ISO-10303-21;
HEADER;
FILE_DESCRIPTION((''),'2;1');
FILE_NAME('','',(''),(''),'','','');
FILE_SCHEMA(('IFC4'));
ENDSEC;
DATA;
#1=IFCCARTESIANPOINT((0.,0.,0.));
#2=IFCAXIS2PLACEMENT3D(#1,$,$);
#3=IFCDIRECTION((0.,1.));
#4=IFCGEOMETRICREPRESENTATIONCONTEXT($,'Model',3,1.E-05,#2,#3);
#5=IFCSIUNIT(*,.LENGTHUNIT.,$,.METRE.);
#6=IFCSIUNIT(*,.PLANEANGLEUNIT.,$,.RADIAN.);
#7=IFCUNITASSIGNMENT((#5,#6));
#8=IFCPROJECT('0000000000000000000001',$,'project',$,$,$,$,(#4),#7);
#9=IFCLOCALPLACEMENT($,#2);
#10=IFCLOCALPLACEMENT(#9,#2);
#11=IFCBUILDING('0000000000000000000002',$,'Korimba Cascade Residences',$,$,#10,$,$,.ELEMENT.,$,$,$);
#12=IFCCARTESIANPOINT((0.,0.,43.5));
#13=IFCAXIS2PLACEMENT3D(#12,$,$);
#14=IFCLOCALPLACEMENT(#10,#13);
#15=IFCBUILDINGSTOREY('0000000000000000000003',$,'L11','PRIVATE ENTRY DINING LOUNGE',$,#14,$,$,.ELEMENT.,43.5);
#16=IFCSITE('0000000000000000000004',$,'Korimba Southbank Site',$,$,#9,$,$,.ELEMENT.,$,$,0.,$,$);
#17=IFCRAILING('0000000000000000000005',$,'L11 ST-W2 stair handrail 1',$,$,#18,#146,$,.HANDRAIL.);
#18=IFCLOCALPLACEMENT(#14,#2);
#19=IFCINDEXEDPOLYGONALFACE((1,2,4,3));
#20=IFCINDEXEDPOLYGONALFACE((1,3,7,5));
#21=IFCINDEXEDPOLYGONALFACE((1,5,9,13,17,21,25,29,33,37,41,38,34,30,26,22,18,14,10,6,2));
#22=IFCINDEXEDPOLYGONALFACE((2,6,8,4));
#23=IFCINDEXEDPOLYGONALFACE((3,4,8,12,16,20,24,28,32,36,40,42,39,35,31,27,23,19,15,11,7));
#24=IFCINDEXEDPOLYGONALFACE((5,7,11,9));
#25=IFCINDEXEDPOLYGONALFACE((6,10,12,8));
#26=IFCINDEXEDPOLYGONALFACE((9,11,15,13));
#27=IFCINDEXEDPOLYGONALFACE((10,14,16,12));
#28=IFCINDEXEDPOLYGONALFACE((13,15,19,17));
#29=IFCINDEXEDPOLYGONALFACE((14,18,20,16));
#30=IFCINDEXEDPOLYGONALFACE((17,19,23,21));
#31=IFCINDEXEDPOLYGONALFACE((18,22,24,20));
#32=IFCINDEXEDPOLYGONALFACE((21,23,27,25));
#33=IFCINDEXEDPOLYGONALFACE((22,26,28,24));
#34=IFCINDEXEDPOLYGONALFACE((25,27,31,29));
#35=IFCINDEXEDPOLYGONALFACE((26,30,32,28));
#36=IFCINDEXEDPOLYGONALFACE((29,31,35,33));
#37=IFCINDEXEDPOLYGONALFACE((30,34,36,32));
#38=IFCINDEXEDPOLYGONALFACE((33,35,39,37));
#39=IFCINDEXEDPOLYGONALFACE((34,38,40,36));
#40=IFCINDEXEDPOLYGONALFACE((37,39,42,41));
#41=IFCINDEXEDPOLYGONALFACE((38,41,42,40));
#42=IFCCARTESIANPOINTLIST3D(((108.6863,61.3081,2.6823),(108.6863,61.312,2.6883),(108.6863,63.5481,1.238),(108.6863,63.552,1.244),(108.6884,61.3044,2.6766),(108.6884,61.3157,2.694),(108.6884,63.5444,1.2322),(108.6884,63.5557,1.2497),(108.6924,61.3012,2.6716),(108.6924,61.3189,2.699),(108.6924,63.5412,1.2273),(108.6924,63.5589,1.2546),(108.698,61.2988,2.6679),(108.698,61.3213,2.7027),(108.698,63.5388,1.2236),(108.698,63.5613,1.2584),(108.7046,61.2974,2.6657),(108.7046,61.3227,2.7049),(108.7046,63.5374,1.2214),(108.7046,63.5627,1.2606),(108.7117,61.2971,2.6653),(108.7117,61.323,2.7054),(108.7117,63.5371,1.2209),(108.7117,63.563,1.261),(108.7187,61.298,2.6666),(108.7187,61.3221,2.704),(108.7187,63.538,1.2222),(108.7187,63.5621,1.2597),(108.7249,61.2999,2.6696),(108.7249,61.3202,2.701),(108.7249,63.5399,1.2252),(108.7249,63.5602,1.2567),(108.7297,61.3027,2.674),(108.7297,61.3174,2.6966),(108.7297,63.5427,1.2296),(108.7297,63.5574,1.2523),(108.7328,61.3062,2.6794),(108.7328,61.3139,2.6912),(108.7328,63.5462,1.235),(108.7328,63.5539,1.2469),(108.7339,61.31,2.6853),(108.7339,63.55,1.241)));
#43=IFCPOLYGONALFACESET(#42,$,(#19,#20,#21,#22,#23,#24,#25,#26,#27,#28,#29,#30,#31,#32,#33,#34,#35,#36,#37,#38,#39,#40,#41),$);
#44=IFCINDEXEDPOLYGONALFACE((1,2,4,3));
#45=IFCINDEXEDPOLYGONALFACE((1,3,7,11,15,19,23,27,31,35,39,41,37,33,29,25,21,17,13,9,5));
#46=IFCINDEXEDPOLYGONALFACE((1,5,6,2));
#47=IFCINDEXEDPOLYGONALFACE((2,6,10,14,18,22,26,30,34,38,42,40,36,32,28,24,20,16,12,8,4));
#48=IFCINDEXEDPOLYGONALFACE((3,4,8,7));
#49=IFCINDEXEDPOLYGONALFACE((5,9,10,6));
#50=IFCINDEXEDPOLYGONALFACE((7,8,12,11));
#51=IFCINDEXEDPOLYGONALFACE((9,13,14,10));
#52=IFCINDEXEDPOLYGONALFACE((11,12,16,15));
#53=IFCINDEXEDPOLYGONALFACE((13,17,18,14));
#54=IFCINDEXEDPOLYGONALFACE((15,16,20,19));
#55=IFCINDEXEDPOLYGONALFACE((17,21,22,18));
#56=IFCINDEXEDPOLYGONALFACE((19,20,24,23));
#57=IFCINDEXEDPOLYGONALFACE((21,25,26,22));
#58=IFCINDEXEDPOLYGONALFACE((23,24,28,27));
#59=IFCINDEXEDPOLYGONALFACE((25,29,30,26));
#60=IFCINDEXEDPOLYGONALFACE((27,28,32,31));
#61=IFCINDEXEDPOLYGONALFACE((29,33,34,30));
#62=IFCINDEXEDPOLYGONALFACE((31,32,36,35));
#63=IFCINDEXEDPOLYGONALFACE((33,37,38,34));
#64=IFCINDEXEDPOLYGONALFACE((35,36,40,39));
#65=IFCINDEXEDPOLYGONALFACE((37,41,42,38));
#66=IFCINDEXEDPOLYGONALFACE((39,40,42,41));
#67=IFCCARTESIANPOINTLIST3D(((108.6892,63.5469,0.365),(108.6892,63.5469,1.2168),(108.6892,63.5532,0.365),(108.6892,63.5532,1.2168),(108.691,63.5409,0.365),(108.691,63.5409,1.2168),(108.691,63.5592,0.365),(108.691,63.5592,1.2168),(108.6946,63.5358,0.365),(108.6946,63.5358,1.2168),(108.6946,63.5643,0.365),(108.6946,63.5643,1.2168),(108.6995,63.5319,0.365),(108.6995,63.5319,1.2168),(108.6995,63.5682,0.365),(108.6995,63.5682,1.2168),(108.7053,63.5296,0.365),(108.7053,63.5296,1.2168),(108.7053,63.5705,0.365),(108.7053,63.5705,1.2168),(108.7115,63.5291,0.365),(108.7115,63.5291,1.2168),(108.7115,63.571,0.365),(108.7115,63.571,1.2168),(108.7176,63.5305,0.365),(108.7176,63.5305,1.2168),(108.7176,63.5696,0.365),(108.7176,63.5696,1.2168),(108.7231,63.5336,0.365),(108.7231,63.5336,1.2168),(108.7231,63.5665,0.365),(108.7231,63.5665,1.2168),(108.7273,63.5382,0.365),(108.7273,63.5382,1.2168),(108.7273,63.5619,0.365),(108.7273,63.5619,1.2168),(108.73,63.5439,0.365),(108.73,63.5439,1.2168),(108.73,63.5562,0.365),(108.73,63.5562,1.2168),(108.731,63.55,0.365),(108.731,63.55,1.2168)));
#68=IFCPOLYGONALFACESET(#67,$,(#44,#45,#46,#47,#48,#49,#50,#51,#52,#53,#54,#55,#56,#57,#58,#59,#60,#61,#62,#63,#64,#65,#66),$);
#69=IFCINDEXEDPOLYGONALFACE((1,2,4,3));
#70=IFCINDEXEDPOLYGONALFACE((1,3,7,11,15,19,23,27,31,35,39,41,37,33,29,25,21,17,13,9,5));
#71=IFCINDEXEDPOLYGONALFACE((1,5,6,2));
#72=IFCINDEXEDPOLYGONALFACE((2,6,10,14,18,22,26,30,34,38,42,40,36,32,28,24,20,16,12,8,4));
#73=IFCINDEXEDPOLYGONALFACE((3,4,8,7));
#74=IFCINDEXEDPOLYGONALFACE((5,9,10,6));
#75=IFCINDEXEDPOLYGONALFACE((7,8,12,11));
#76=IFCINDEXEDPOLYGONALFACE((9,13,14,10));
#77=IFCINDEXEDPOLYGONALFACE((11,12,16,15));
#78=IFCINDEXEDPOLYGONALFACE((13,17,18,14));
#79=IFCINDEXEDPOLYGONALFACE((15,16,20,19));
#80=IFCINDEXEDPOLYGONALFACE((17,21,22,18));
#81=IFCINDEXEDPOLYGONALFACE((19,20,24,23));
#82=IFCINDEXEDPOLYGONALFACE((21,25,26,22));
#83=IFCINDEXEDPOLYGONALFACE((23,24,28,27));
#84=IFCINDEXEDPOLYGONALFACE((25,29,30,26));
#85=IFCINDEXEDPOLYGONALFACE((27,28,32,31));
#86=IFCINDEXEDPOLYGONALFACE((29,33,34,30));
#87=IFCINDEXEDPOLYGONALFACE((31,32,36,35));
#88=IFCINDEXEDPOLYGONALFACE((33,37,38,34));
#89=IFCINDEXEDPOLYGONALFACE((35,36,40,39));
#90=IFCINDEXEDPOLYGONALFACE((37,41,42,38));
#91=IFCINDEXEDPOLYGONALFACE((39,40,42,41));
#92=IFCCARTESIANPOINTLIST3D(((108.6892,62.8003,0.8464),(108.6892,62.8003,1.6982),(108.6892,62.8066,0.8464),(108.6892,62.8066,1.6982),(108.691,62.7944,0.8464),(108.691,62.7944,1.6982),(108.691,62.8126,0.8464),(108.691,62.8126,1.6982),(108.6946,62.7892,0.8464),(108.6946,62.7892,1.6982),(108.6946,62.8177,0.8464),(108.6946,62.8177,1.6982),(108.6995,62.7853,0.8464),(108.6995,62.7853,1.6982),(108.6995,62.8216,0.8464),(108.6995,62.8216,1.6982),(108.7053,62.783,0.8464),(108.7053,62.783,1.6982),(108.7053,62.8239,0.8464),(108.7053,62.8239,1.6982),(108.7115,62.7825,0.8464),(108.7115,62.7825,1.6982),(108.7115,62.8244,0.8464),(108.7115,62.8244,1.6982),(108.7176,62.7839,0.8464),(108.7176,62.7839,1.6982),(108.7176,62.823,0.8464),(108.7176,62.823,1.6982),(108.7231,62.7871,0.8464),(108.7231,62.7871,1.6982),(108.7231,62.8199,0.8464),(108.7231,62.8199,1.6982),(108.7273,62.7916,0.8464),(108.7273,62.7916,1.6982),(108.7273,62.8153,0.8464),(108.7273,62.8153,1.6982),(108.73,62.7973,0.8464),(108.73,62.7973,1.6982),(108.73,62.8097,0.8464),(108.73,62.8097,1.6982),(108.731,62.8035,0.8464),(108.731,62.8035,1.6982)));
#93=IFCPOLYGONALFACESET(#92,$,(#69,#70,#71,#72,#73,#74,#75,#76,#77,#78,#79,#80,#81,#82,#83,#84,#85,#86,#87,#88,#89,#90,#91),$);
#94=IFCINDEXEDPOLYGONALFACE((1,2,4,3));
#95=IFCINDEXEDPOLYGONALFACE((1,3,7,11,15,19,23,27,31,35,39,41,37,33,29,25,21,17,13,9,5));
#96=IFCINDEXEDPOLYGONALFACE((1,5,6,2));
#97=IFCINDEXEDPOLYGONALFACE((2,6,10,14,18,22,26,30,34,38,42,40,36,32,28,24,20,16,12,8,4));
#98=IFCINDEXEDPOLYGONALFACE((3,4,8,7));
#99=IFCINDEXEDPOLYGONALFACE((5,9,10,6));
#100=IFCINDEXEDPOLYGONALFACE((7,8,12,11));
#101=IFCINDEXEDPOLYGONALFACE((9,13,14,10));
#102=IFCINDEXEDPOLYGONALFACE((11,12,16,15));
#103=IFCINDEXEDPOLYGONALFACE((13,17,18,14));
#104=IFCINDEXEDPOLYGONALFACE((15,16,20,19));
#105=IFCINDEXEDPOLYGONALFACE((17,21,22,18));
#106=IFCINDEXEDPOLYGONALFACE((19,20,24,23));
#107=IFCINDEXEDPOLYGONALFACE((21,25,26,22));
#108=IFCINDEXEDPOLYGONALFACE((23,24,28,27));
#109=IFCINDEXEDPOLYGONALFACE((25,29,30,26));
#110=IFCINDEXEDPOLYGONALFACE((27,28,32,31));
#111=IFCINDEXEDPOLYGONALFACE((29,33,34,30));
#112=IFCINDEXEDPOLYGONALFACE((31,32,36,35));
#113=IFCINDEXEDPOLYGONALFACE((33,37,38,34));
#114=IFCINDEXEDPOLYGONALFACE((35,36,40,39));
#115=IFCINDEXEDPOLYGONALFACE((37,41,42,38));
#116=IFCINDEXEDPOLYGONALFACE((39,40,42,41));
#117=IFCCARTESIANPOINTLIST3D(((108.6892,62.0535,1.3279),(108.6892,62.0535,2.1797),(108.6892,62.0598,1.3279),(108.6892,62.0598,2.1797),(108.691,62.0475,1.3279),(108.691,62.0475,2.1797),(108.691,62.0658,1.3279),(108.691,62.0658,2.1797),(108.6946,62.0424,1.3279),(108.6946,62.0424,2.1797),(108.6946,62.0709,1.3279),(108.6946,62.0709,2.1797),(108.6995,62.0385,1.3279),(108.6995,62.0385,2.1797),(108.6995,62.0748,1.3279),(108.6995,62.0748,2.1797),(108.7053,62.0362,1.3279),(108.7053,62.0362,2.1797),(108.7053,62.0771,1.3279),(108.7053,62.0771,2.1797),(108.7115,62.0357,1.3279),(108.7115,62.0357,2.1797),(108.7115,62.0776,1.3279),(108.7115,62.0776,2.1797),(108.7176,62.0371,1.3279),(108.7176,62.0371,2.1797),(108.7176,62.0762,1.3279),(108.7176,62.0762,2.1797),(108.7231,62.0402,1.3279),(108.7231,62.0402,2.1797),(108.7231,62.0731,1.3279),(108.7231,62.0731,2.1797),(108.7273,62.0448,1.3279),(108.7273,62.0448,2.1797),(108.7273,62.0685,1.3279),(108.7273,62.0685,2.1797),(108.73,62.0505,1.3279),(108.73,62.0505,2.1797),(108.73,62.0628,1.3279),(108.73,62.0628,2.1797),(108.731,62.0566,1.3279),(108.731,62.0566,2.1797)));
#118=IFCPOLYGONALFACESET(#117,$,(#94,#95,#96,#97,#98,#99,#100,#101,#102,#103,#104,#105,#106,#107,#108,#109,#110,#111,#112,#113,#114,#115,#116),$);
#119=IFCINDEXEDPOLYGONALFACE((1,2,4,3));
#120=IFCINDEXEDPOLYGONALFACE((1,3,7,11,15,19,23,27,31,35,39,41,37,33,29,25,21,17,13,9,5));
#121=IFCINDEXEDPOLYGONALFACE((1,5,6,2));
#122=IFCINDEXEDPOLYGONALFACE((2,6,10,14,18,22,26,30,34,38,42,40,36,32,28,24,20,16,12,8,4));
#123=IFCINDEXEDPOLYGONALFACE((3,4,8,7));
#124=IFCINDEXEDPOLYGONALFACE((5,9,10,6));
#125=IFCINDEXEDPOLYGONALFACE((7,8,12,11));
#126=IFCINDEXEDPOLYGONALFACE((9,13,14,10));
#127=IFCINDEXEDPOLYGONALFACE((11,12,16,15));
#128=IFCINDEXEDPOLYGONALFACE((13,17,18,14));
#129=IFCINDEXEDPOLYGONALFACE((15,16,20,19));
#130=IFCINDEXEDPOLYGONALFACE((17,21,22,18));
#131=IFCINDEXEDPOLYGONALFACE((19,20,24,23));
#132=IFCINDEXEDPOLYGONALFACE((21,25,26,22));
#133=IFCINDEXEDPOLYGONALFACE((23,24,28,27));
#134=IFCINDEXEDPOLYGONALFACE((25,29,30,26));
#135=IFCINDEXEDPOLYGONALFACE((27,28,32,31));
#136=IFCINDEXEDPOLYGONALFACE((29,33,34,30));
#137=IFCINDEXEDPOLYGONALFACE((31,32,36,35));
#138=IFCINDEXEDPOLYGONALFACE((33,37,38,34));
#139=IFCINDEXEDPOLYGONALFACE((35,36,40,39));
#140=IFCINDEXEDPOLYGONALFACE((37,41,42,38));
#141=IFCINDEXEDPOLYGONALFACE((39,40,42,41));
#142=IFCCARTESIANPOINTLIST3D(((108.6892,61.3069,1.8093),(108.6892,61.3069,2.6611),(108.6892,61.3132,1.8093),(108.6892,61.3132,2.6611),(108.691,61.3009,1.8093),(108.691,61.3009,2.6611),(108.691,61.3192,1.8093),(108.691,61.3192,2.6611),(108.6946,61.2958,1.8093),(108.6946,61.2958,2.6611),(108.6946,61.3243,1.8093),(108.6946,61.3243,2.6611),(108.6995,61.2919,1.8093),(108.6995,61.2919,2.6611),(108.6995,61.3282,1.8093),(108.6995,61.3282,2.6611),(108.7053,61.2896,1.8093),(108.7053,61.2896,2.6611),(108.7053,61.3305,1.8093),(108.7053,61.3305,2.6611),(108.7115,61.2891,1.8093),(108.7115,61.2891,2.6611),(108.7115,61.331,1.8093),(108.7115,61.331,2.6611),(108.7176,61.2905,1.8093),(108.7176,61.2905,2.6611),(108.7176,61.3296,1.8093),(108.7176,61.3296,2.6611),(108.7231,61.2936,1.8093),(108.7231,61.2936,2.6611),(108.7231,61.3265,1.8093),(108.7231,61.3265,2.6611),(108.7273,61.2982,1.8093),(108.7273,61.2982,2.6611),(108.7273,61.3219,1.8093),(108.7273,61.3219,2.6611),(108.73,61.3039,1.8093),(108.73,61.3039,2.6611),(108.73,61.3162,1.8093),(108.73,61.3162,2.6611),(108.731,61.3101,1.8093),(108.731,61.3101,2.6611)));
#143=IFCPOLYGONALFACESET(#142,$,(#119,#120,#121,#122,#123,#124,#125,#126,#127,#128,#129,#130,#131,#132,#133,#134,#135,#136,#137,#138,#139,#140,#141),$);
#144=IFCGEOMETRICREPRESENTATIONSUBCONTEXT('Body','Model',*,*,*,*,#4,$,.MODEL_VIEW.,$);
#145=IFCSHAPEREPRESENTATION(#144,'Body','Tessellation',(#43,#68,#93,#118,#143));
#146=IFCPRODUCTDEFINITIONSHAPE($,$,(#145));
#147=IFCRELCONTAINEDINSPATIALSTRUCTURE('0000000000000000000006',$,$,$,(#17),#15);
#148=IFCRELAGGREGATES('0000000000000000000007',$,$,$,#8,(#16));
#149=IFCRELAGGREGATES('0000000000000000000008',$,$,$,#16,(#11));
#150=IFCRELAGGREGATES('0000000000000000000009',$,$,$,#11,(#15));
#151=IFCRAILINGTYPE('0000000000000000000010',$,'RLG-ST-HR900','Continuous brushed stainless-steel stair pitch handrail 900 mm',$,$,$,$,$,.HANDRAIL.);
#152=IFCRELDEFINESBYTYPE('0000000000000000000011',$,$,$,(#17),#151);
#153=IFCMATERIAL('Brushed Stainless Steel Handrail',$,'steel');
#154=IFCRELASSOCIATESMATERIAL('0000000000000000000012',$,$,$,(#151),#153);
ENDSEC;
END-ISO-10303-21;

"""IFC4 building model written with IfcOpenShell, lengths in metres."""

from ifc_helpers import new_model, si_unit, direction, frame, origin, origin_2d, place, context, subcontext, project, spatial, circle, extrude, material, type_object, element, save


model = new_model("IFC4")

# Units and contexts
model_context = context("Model", 3, precision=1e-05, world=origin(), true_north=direction((0.0, 1.0)))
body_context = subcontext(model_context, "Body", "Model", "MODEL_VIEW")
ifc_project = project(units=[si_unit("LENGTHUNIT", "METRE"), si_unit("PLANEANGLEUNIT", "RADIAN")], contexts=[model_context])

# Site, building, storey
site_placement = place(None, origin())
site = spatial("IfcSite", under=ifc_project, at=site_placement, Name="Korimba Southbank Site", CompositionType="ELEMENT", RefElevation=0.0)
building_placement = place(site_placement, origin())
building = spatial("IfcBuilding", under=site, at=building_placement, Name="Korimba Cascade Residences", CompositionType="ELEMENT")
storey_placement = place(building_placement, frame((0.0, 0.0, 43.5)))
storey = spatial("IfcBuildingStorey", under=building, at=storey_placement, Name="L11", Description="PRIVATE ENTRY DINING LOUNGE", CompositionType="ELEMENT", Elevation=43.5)

# Railing
ifc_material_1 = material(Name="Brushed Stainless Steel Handrail", Category="steel")
railing_type_1 = type_object("IfcRailingType", Name="RLG-ST-HR900", Description="Continuous brushed stainless-steel stair pitch handrail 900 mm", PredefinedType="HANDRAIL", material=ifc_material_1)
railing_1_placement = place(storey_placement, frame((108.71, 63.55, 0.365)))
element("IfcRailing", 1, at=railing_1_placement, inside=storey, type_object=railing_type_1, Name="L11 ST-W2 stair handrail 1", PredefinedType="HANDRAIL", context=body_context, shape_type="SweptSolid", body=[
    extrude(circle(Radius=0.0239, at=origin_2d()), frame((0.0, 0.0, 0.876), z_axis=(0.0, -0.840437, 0.54191), x_axis=(1.0, 0.0, 0.0)), (0.0, 0.0, 1.0), 2.6653),
    extrude(circle(Radius=0.021, at=origin_2d()), origin(), (0.0, 0.0, 1.0), 0.8518),
    extrude(circle(Radius=0.021, at=origin_2d()), frame((0.0, -0.7466, 0.4814)), (0.0, 0.0, 1.0), 0.8518),
    extrude(circle(Radius=0.021, at=origin_2d()), frame((0.0, -1.4934, 0.9629)), (0.0, 0.0, 1.0), 0.8518),
    extrude(circle(Radius=0.021, at=origin_2d()), frame((0.0, -2.24, 1.4443)), (0.0, 0.0, 1.0), 0.8518),
])

save(model, "model.ifc")
